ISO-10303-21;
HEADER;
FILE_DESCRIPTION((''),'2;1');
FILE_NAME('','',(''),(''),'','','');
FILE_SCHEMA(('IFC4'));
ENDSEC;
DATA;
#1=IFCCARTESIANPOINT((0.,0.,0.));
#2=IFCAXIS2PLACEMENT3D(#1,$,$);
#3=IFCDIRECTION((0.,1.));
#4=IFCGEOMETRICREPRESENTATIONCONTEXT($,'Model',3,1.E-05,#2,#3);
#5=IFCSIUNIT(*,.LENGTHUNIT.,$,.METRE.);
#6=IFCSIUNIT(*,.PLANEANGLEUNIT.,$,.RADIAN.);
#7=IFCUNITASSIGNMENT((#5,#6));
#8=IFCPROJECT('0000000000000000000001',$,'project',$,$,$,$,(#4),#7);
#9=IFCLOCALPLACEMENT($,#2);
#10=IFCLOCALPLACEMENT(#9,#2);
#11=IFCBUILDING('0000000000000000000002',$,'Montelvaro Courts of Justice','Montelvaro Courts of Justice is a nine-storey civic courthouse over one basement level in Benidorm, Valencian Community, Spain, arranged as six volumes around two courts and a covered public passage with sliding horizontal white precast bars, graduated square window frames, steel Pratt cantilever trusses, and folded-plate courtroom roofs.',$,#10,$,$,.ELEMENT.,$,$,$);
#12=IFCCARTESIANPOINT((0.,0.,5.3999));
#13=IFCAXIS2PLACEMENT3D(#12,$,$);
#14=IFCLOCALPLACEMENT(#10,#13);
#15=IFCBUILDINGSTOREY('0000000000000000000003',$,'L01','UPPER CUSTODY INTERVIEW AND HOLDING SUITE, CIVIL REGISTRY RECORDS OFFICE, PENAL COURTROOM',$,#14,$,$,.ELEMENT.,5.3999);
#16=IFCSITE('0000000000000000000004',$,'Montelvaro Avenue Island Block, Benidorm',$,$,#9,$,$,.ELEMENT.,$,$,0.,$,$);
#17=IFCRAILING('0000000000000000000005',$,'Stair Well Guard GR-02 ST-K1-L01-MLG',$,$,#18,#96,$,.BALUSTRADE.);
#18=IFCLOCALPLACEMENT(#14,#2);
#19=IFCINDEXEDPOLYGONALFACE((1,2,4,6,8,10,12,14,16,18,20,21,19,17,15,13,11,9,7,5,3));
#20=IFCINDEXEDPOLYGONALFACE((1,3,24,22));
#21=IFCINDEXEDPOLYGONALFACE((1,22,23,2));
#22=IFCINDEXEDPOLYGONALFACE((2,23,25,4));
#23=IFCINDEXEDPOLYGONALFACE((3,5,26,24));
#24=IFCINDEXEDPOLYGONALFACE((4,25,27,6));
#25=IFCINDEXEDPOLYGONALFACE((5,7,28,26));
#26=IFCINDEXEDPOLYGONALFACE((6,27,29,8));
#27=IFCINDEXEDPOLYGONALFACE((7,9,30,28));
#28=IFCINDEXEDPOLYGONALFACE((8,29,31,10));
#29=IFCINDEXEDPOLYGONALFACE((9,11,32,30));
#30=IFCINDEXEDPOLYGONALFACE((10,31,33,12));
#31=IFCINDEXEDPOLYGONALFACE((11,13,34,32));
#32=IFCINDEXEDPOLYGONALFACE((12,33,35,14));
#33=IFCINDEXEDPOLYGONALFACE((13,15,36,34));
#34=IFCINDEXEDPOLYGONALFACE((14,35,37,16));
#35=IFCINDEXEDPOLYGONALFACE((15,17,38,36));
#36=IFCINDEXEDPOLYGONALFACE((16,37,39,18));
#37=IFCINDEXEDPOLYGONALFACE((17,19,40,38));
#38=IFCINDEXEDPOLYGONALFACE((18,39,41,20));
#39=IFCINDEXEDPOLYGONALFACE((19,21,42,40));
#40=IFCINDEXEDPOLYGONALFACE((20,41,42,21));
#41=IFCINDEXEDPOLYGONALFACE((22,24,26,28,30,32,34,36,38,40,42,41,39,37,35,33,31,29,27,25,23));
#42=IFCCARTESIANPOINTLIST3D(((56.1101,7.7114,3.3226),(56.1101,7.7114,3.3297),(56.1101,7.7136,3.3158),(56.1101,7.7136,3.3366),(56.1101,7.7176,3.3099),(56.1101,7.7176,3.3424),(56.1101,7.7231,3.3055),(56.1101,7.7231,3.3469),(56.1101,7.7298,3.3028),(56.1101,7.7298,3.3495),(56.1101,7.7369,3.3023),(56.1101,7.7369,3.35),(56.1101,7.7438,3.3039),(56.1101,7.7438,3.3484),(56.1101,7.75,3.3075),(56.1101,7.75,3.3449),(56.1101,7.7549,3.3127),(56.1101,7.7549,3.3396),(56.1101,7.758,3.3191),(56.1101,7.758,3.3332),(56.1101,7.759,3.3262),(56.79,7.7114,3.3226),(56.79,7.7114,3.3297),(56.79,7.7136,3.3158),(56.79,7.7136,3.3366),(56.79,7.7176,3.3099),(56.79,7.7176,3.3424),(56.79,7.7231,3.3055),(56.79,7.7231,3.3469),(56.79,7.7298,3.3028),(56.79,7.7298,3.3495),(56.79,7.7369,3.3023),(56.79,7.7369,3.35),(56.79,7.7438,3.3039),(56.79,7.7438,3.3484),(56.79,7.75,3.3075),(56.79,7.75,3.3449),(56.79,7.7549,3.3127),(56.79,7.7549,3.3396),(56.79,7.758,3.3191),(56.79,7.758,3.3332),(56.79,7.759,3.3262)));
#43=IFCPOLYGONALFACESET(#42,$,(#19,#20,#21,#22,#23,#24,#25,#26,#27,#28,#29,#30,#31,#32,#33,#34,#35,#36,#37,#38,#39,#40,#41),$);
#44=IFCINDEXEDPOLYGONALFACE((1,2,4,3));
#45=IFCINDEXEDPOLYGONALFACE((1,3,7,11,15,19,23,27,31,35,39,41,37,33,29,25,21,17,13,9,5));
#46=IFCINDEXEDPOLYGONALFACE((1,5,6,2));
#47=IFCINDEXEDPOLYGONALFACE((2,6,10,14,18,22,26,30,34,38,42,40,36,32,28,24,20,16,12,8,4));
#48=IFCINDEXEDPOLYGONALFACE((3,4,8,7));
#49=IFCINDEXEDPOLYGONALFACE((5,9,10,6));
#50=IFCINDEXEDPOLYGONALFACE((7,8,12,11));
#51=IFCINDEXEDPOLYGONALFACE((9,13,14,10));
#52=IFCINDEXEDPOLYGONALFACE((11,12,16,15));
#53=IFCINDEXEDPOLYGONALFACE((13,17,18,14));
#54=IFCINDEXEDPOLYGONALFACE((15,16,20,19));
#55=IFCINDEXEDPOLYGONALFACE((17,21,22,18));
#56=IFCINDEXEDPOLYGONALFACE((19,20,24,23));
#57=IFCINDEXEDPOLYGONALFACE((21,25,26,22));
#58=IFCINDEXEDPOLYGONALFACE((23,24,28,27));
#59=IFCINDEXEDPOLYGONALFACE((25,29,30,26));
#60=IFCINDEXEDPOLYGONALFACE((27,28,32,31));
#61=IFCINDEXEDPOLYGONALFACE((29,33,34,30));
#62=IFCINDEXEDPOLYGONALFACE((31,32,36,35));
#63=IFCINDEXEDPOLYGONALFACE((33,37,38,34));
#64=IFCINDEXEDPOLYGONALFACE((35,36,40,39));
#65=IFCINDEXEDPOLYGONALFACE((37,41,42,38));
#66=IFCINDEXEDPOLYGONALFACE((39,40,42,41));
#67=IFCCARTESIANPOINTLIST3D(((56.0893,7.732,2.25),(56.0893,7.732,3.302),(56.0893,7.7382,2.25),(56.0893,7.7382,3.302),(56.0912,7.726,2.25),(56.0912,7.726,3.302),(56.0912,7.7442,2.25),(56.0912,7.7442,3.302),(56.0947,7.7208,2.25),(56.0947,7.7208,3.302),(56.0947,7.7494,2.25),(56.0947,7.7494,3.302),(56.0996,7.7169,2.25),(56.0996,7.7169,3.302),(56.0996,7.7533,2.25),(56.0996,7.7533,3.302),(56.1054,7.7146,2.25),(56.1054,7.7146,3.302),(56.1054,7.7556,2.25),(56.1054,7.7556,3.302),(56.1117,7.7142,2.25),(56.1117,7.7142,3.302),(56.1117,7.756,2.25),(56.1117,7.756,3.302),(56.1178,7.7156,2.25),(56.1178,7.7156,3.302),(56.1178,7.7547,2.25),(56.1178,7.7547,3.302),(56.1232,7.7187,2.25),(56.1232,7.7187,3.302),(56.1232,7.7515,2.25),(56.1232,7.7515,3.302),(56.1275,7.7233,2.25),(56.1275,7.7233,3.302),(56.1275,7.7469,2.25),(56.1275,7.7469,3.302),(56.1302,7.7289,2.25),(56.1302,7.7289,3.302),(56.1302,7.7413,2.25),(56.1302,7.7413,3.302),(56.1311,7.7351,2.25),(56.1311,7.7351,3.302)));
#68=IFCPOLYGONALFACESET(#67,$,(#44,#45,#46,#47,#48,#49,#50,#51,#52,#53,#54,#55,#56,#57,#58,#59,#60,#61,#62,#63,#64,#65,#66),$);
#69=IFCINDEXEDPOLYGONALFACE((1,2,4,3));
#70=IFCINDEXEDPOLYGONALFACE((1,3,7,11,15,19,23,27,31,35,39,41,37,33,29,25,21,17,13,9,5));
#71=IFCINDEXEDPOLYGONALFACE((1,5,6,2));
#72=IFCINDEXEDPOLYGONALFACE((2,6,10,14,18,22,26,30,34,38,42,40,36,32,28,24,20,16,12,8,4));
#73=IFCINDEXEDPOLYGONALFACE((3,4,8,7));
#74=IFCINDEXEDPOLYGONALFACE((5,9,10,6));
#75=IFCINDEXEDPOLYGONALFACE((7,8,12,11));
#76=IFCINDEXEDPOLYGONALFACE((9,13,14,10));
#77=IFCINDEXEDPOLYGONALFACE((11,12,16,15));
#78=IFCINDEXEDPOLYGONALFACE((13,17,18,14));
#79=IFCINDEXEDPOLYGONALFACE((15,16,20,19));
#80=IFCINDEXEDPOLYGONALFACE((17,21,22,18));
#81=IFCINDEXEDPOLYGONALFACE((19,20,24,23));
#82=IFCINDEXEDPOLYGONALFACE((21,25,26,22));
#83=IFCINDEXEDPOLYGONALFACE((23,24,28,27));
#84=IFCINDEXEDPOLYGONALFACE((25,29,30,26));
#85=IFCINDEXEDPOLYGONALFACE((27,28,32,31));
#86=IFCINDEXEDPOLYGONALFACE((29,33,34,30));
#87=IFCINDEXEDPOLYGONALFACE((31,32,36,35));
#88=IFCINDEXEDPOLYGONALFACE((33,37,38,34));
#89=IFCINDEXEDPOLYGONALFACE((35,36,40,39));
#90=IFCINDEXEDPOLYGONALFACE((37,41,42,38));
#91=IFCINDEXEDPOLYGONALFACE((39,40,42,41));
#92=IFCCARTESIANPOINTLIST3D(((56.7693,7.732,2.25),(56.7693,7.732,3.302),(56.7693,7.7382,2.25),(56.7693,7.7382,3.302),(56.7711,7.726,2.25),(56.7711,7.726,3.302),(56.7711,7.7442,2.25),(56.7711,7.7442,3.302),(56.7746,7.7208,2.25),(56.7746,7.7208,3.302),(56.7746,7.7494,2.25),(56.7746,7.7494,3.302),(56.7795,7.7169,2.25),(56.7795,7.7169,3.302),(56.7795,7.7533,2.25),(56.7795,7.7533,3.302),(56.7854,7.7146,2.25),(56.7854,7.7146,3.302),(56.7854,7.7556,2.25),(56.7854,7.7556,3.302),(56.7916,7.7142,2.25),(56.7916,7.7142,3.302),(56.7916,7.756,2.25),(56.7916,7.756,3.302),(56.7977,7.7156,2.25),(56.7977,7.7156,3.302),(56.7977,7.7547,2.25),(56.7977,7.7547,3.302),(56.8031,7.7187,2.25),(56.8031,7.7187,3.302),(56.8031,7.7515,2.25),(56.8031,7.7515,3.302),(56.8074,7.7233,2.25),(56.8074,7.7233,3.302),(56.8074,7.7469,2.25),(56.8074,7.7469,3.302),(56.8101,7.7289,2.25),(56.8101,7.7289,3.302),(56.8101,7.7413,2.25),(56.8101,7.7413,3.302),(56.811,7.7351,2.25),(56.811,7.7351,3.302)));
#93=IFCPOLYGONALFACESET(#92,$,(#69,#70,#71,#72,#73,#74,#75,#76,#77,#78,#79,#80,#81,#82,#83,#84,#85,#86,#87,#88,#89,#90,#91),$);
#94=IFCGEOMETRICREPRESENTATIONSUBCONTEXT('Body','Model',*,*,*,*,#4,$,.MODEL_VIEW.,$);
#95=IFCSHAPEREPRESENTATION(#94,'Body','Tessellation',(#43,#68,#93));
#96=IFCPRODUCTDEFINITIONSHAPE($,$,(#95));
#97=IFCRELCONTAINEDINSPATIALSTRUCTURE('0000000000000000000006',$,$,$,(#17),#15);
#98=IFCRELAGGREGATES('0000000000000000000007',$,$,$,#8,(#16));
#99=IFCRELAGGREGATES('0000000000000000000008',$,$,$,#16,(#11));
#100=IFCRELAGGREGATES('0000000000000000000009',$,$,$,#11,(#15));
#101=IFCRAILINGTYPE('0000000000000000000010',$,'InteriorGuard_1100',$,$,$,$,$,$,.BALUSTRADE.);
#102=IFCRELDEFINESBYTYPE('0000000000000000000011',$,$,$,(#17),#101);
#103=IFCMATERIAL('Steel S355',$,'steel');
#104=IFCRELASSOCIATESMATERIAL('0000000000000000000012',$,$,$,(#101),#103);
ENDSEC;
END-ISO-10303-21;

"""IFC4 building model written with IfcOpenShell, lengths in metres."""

from ifc_helpers import new_model, si_unit, direction, frame, origin, origin_2d, place, context, subcontext, project, spatial, circle, extrude, material, type_object, element, save


model = new_model("IFC4")

# Units and contexts
model_context = context("Model", 3, precision=1e-05, world=origin(), true_north=direction((0.0, 1.0)))
body_context = subcontext(model_context, "Body", "Model", "MODEL_VIEW")
ifc_project = project(units=[si_unit("LENGTHUNIT", "METRE"), si_unit("PLANEANGLEUNIT", "RADIAN")], contexts=[model_context])

# Site, building, storey
site_placement = place(None, origin())
site = spatial("IfcSite", under=ifc_project, at=site_placement, Name="Montelvaro Avenue Island Block, Benidorm", CompositionType="ELEMENT", RefElevation=0.0)
building_placement = place(site_placement, origin())
building = spatial("IfcBuilding", under=site, at=building_placement, Name="Montelvaro Courts of Justice", Description="Montelvaro Courts of Justice is a nine-storey civic courthouse over one basement level in Benidorm, Valencian Community, Spain, arranged as six volumes around two courts and a covered public passage with sliding horizontal white precast bars, graduated square window frames, steel Pratt cantilever trusses, and folded-plate courtroom roofs.", CompositionType="ELEMENT")
storey_placement = place(building_placement, frame((0.0, 0.0, 5.3999)))
storey = spatial("IfcBuildingStorey", under=building, at=storey_placement, Name="L01", Description="UPPER CUSTODY INTERVIEW AND HOLDING SUITE, CIVIL REGISTRY RECORDS OFFICE, PENAL COURTROOM", CompositionType="ELEMENT", Elevation=5.3999)

# Shared definitions
ifc_material_1 = material(Name="Steel S355", Category="steel")

# Railing
railing_type_1 = type_object("IfcRailingType", Name="InteriorGuard_1100", PredefinedType="BALUSTRADE", material=ifc_material_1)
railing_1_placement = place(storey_placement, frame((56.1101, 7.7351, 2.25)))
element("IfcRailing", 1, at=railing_1_placement, inside=storey, type_object=railing_type_1, Name="Stair Well Guard GR-02 ST-K1-L01-MLG", PredefinedType="BALUSTRADE", context=body_context, shape_type="SweptSolid", body=[
    extrude(circle(Radius=0.0239, at=origin_2d()), frame((0.0, 0.0, 1.0762), z_axis=(1.0, 0.0, 0.0), x_axis=(0.0, 1.0, 0.0)), (0.0, 0.0, 1.0), 0.6799),
    extrude(circle(Radius=0.021, at=origin_2d()), origin(), (0.0, 0.0, 1.0), 1.052),
    extrude(circle(Radius=0.021, at=origin_2d()), frame((0.6799, 0.0, 0.0)), (0.0, 0.0, 1.0), 1.052),
])

save(model, "model.ifc")
